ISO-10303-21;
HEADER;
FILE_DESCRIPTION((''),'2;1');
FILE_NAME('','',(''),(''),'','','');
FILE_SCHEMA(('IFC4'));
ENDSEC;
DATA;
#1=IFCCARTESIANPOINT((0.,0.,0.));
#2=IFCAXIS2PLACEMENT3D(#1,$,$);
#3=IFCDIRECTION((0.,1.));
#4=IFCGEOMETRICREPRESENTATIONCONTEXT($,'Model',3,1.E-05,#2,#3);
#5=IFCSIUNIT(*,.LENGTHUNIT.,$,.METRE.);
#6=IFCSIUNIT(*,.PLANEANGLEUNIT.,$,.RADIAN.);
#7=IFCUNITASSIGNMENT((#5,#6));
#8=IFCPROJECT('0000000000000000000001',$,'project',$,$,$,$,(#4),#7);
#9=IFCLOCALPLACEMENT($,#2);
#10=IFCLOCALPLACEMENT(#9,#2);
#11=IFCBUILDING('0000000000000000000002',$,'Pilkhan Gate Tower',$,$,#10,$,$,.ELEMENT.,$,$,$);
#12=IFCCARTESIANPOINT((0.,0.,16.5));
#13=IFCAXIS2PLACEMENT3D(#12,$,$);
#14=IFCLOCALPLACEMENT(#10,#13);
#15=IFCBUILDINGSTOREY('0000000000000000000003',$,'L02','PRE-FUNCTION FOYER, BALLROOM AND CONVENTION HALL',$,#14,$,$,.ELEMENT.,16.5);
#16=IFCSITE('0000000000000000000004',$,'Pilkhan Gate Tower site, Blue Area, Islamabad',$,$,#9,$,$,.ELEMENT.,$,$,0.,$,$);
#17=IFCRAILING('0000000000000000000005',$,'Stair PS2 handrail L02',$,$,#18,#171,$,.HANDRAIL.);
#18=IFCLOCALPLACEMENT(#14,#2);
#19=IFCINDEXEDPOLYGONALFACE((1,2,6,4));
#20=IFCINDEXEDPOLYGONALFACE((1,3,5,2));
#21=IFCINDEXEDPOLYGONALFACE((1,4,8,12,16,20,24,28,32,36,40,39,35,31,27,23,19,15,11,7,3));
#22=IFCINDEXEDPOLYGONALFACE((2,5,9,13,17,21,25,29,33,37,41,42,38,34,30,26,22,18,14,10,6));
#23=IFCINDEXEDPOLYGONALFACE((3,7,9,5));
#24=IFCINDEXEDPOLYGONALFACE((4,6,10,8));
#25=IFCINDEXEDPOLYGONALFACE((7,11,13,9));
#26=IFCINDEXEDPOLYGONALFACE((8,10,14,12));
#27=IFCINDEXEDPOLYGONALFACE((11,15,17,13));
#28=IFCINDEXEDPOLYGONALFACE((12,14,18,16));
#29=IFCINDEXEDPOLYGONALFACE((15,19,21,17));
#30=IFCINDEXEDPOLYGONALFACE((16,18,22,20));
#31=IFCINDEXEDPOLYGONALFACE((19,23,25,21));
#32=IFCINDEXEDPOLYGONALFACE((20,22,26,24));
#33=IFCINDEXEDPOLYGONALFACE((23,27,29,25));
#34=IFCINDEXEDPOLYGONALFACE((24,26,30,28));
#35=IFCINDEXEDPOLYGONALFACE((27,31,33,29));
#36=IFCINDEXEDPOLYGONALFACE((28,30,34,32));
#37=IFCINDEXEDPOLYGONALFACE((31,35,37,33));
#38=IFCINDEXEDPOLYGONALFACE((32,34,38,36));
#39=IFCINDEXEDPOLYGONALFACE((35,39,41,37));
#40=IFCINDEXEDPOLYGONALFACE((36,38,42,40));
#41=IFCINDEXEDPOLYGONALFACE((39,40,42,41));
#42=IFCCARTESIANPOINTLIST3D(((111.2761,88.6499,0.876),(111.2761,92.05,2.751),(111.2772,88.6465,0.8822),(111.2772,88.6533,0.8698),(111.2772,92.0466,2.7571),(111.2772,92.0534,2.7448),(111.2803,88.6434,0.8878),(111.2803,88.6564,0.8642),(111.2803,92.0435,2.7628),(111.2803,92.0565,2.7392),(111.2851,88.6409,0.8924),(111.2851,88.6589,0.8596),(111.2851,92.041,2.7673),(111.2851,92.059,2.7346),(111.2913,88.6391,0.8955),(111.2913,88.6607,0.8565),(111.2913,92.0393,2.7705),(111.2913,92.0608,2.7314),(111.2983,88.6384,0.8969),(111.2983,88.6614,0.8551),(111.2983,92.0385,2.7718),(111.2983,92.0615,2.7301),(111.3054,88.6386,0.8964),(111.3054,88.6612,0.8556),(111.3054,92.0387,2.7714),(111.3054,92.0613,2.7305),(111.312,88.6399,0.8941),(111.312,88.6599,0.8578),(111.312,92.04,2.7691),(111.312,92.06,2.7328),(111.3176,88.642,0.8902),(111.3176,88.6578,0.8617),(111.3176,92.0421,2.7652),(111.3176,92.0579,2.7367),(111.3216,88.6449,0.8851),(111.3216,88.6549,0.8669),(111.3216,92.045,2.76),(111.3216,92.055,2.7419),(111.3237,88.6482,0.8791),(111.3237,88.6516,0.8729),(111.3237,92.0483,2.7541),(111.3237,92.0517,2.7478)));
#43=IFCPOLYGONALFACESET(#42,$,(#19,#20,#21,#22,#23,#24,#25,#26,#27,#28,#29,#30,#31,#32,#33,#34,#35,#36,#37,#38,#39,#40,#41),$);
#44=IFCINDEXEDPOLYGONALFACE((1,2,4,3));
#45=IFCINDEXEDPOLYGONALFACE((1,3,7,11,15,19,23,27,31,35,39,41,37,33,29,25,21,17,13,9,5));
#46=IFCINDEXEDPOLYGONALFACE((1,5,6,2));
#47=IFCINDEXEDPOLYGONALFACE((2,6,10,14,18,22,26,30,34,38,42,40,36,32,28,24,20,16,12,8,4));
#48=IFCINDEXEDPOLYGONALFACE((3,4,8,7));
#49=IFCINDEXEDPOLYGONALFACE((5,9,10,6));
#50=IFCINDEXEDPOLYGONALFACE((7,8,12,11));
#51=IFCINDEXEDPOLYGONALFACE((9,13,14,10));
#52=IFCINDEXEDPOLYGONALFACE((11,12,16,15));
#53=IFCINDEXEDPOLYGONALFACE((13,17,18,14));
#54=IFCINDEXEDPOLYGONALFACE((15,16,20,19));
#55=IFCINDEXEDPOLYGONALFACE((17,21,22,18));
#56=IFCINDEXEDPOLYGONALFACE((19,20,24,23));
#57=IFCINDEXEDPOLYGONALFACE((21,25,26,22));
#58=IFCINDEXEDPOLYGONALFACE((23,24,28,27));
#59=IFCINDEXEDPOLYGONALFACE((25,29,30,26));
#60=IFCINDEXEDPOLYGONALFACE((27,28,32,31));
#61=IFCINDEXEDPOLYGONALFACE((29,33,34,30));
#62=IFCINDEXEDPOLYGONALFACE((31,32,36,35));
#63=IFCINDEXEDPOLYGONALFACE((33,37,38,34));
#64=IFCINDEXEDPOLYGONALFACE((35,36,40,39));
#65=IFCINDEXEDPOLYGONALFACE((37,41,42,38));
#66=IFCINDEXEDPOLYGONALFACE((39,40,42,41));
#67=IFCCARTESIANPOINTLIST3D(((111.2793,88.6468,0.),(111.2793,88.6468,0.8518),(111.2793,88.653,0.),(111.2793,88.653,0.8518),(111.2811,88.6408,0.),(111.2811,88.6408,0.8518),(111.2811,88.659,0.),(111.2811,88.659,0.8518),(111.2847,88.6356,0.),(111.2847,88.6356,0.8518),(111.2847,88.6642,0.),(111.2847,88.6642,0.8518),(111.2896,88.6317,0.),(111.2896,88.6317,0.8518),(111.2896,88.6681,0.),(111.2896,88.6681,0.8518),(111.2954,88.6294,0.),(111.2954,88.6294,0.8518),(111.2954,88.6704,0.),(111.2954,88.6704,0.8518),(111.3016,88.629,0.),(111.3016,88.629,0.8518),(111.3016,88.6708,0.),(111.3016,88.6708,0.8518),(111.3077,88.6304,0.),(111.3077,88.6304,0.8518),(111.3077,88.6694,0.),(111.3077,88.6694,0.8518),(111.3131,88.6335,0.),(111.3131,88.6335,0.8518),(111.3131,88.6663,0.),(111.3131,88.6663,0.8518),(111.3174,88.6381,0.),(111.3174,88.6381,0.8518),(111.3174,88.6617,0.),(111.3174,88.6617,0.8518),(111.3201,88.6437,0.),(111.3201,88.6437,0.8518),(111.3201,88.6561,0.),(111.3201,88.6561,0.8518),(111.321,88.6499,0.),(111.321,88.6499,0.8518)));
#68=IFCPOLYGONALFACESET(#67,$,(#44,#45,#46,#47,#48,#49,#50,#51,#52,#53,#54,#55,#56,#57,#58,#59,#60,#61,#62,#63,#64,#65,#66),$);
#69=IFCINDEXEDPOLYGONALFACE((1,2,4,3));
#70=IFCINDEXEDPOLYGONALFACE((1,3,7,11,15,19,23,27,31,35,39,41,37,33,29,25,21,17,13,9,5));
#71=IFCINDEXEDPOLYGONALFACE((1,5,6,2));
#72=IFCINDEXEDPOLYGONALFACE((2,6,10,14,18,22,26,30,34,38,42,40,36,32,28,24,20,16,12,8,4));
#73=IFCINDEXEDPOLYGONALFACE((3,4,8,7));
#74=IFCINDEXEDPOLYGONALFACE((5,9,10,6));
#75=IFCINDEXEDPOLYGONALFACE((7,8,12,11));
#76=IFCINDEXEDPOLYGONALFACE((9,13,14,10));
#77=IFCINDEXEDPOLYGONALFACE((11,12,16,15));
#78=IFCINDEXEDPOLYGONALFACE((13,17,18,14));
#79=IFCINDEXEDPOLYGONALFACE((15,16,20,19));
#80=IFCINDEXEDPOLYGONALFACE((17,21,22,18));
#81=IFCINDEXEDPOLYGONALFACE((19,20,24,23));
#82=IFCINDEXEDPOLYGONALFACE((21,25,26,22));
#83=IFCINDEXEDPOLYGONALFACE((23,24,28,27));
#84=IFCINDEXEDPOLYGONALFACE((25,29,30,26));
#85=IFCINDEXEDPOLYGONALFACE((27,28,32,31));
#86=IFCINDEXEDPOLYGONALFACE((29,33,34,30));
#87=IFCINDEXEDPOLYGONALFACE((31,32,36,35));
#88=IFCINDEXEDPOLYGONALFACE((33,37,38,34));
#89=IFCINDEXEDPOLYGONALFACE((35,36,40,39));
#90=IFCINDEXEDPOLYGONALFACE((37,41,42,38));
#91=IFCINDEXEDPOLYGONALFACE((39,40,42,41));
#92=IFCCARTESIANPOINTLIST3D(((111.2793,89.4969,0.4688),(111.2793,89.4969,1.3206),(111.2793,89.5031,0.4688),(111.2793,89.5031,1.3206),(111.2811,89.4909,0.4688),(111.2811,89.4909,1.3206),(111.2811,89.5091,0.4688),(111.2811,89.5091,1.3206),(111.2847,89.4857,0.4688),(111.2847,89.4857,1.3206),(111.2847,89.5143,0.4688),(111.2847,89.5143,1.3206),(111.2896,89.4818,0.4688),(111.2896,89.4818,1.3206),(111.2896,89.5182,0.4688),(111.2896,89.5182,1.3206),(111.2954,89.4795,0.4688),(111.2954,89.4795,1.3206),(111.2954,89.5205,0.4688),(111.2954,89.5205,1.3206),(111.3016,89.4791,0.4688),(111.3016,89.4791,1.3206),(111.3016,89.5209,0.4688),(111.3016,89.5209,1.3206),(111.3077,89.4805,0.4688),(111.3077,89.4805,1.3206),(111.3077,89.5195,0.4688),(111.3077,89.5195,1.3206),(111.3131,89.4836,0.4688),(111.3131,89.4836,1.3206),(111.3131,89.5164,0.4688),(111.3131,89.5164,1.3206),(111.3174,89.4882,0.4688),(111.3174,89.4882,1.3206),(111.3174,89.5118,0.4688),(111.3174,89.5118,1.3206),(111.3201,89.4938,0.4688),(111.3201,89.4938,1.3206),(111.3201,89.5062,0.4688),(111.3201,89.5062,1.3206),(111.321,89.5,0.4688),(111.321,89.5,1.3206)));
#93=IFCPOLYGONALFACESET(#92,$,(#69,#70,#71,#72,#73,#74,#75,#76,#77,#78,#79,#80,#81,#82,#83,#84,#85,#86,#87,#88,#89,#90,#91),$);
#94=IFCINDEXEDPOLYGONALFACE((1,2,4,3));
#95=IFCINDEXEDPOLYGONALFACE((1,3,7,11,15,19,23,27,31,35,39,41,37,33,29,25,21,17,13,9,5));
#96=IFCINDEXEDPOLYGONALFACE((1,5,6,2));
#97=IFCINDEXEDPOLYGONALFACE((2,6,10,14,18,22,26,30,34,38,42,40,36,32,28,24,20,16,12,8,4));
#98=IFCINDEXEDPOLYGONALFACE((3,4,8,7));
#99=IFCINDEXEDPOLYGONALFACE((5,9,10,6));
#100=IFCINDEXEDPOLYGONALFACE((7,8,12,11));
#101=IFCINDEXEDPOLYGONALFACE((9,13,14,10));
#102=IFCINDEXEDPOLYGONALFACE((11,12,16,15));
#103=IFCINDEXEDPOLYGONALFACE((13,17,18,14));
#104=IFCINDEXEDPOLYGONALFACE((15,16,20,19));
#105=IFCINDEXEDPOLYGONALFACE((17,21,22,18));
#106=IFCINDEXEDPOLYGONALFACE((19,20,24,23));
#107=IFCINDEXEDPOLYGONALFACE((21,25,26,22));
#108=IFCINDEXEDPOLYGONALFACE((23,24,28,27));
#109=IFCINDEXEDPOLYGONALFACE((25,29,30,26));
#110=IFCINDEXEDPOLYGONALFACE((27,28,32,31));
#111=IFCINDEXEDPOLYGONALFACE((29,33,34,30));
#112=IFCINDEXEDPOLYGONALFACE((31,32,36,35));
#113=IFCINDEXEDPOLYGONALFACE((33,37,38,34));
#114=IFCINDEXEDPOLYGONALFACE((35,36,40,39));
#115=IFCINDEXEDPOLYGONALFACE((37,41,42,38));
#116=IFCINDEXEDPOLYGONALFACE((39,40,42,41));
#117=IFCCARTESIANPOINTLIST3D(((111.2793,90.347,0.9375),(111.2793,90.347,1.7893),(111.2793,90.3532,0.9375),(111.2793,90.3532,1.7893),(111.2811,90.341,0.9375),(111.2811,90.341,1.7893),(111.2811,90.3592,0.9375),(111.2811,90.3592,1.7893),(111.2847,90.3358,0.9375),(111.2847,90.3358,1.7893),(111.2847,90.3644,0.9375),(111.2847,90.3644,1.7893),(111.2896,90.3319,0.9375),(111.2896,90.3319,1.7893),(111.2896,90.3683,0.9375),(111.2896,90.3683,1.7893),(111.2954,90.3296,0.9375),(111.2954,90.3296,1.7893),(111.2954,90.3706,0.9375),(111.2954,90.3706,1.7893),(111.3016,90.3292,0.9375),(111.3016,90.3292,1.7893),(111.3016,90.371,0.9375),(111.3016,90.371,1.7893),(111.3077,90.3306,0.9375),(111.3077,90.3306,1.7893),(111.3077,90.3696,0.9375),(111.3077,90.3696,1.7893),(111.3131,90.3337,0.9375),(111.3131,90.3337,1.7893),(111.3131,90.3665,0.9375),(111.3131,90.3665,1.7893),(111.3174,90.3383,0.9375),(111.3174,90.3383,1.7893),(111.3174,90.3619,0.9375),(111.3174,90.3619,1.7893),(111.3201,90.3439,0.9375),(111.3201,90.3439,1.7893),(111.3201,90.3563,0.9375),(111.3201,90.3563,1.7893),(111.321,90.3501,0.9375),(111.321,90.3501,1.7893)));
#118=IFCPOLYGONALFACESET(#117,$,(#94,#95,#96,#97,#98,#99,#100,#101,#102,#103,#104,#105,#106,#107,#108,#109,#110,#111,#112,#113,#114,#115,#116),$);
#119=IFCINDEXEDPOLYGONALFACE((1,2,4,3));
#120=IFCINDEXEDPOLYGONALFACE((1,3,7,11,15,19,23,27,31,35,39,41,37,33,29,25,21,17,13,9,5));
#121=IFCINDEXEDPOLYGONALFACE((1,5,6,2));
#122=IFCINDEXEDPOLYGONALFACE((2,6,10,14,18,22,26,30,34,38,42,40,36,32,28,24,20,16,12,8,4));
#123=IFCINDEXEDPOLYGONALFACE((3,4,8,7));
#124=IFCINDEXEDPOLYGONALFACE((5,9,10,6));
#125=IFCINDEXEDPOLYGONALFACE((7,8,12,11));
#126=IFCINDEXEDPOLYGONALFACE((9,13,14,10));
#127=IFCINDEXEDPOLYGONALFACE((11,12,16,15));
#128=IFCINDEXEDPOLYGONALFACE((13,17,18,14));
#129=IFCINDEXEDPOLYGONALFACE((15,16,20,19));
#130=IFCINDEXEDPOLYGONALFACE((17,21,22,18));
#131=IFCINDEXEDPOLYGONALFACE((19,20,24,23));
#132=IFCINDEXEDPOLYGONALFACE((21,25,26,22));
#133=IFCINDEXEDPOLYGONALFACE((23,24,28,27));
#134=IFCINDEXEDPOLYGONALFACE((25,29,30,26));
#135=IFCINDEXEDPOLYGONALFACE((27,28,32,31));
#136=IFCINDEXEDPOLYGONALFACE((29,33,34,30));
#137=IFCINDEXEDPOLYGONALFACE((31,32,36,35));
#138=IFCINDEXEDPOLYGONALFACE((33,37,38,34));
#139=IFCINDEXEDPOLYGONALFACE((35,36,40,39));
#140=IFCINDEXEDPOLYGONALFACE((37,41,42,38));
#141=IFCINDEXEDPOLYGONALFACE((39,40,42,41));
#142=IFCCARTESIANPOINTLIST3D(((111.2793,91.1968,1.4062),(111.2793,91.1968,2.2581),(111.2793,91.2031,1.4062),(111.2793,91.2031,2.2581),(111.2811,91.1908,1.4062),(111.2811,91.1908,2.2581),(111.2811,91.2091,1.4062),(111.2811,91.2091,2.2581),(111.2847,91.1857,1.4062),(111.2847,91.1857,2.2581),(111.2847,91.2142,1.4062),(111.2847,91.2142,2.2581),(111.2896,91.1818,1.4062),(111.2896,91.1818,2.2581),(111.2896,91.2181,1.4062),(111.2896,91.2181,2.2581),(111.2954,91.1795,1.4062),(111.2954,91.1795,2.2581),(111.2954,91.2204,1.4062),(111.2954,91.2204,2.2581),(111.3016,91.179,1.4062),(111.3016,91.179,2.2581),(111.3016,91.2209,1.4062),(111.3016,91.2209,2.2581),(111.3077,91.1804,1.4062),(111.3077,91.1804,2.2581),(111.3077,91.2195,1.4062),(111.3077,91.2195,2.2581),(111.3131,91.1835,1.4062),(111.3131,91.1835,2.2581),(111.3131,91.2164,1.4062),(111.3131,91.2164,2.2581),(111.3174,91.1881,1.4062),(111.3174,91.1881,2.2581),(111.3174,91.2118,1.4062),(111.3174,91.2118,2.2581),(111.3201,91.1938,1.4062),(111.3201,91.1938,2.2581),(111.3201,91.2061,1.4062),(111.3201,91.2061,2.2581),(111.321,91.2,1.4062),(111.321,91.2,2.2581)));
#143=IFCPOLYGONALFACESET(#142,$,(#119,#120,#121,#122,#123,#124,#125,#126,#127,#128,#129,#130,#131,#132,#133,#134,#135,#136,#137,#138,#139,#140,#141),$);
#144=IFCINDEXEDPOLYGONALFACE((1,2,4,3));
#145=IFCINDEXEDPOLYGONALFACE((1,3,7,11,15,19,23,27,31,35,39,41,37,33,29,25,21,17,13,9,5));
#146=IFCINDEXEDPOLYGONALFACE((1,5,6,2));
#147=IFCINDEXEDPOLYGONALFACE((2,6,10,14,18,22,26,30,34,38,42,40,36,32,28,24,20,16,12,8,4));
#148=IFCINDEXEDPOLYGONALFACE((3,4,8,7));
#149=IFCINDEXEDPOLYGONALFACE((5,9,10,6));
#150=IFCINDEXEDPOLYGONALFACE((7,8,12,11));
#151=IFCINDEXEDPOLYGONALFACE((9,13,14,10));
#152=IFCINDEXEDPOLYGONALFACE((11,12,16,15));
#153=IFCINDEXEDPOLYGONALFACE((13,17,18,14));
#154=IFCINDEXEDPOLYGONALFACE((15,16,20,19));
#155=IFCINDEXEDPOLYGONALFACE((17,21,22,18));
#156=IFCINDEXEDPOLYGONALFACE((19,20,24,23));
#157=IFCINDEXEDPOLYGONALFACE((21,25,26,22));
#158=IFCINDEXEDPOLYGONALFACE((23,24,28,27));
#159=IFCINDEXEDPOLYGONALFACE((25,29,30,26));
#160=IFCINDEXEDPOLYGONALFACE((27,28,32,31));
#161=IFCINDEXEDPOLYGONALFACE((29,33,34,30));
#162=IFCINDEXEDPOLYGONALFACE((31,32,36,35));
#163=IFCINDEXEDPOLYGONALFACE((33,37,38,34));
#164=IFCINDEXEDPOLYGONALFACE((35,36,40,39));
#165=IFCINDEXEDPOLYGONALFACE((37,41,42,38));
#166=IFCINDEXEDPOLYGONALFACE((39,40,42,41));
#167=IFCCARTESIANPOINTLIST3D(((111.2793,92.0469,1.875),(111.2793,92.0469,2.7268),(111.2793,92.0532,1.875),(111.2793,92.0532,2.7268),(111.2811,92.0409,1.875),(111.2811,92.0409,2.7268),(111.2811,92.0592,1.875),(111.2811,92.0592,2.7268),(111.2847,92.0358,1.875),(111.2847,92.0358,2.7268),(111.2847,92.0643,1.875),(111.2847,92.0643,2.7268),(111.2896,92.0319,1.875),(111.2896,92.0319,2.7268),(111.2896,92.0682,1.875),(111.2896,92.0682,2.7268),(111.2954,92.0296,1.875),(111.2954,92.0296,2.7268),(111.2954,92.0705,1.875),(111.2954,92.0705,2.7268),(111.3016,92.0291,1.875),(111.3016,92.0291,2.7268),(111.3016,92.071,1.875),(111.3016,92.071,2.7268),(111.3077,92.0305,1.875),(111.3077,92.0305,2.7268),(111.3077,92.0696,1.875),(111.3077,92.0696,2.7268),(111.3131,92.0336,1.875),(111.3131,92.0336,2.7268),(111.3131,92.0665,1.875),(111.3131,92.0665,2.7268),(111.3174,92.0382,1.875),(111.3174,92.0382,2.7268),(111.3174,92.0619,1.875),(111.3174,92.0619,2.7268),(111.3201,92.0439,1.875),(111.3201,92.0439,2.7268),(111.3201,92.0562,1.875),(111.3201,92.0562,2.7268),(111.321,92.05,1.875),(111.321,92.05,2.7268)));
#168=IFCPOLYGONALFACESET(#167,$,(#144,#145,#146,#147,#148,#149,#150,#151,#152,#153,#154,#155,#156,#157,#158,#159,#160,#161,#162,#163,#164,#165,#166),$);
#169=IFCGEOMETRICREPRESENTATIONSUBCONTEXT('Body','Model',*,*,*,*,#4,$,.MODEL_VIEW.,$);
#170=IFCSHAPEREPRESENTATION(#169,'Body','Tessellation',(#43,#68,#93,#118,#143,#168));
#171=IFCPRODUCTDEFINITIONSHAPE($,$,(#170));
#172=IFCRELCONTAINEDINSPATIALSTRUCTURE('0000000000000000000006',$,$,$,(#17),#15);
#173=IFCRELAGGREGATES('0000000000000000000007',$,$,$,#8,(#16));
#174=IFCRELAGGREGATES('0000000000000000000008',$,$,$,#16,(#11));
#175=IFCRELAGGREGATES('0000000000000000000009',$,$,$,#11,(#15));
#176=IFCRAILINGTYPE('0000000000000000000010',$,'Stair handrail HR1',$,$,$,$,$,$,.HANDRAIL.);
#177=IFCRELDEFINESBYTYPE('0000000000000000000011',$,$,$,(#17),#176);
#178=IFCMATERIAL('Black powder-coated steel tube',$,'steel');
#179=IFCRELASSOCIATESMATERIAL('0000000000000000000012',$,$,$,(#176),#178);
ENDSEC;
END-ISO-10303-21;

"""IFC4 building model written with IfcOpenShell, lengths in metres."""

from ifc_helpers import new_model, si_unit, direction, frame, origin, origin_2d, place, context, subcontext, project, spatial, circle, extrude, material, type_object, element, save


model = new_model("IFC4")

# Units and contexts
model_context = context("Model", 3, precision=1e-05, world=origin(), true_north=direction((0.0, 1.0)))
body_context = subcontext(model_context, "Body", "Model", "MODEL_VIEW")
ifc_project = project(units=[si_unit("LENGTHUNIT", "METRE"), si_unit("PLANEANGLEUNIT", "RADIAN")], contexts=[model_context])

# Site, building, storey
site_placement = place(None, origin())
site = spatial("IfcSite", under=ifc_project, at=site_placement, Name="Pilkhan Gate Tower site, Blue Area, Islamabad", CompositionType="ELEMENT", RefElevation=0.0)
building_placement = place(site_placement, origin())
building = spatial("IfcBuilding", under=site, at=building_placement, Name="Pilkhan Gate Tower", CompositionType="ELEMENT")
storey_placement = place(building_placement, frame((0.0, 0.0, 16.5)))
storey = spatial("IfcBuildingStorey", under=building, at=storey_placement, Name="L02", Description="PRE-FUNCTION FOYER, BALLROOM AND CONVENTION HALL", CompositionType="ELEMENT", Elevation=16.5)

# Railing
ifc_material_1 = material(Name="Black powder-coated steel tube", Category="steel")
railing_type_1 = type_object("IfcRailingType", Name="Stair handrail HR1", PredefinedType="HANDRAIL", material=ifc_material_1)
for number, where, name in (
    (1, (111.3, 88.6499, 0.0), "Stair PS2 handrail L02"),
):
    element("IfcRailing", number, at=place(storey_placement, frame(where)), inside=storey, type_object=railing_type_1, Name=name, PredefinedType="HANDRAIL", context=body_context, shape_type="SweptSolid", body=[
        extrude(circle(Radius=0.0239, at=origin_2d()), frame((0.0, 0.0, 0.876), z_axis=(0.0, 0.87568, 0.482891), x_axis=(-1.0, 0.0, 0.0)), (0.0, 0.0, 1.0), 3.8828),
        extrude(circle(Radius=0.021, at=origin_2d()), origin(), (0.0, 0.0, 1.0), 0.8518),
        extrude(circle(Radius=0.021, at=origin_2d()), frame((0.0, 0.8501, 0.4688)), (0.0, 0.0, 1.0), 0.8518),
        extrude(circle(Radius=0.021, at=origin_2d()), frame((0.0, 1.7002, 0.9375)), (0.0, 0.0, 1.0), 0.8518),
        extrude(circle(Radius=0.021, at=origin_2d()), frame((0.0, 2.55, 1.4062)), (0.0, 0.0, 1.0), 0.8518),
        extrude(circle(Radius=0.021, at=origin_2d()), frame((0.0, 3.4001, 1.875)), (0.0, 0.0, 1.0), 0.8518),
    ])

save(model, "model.ifc")
